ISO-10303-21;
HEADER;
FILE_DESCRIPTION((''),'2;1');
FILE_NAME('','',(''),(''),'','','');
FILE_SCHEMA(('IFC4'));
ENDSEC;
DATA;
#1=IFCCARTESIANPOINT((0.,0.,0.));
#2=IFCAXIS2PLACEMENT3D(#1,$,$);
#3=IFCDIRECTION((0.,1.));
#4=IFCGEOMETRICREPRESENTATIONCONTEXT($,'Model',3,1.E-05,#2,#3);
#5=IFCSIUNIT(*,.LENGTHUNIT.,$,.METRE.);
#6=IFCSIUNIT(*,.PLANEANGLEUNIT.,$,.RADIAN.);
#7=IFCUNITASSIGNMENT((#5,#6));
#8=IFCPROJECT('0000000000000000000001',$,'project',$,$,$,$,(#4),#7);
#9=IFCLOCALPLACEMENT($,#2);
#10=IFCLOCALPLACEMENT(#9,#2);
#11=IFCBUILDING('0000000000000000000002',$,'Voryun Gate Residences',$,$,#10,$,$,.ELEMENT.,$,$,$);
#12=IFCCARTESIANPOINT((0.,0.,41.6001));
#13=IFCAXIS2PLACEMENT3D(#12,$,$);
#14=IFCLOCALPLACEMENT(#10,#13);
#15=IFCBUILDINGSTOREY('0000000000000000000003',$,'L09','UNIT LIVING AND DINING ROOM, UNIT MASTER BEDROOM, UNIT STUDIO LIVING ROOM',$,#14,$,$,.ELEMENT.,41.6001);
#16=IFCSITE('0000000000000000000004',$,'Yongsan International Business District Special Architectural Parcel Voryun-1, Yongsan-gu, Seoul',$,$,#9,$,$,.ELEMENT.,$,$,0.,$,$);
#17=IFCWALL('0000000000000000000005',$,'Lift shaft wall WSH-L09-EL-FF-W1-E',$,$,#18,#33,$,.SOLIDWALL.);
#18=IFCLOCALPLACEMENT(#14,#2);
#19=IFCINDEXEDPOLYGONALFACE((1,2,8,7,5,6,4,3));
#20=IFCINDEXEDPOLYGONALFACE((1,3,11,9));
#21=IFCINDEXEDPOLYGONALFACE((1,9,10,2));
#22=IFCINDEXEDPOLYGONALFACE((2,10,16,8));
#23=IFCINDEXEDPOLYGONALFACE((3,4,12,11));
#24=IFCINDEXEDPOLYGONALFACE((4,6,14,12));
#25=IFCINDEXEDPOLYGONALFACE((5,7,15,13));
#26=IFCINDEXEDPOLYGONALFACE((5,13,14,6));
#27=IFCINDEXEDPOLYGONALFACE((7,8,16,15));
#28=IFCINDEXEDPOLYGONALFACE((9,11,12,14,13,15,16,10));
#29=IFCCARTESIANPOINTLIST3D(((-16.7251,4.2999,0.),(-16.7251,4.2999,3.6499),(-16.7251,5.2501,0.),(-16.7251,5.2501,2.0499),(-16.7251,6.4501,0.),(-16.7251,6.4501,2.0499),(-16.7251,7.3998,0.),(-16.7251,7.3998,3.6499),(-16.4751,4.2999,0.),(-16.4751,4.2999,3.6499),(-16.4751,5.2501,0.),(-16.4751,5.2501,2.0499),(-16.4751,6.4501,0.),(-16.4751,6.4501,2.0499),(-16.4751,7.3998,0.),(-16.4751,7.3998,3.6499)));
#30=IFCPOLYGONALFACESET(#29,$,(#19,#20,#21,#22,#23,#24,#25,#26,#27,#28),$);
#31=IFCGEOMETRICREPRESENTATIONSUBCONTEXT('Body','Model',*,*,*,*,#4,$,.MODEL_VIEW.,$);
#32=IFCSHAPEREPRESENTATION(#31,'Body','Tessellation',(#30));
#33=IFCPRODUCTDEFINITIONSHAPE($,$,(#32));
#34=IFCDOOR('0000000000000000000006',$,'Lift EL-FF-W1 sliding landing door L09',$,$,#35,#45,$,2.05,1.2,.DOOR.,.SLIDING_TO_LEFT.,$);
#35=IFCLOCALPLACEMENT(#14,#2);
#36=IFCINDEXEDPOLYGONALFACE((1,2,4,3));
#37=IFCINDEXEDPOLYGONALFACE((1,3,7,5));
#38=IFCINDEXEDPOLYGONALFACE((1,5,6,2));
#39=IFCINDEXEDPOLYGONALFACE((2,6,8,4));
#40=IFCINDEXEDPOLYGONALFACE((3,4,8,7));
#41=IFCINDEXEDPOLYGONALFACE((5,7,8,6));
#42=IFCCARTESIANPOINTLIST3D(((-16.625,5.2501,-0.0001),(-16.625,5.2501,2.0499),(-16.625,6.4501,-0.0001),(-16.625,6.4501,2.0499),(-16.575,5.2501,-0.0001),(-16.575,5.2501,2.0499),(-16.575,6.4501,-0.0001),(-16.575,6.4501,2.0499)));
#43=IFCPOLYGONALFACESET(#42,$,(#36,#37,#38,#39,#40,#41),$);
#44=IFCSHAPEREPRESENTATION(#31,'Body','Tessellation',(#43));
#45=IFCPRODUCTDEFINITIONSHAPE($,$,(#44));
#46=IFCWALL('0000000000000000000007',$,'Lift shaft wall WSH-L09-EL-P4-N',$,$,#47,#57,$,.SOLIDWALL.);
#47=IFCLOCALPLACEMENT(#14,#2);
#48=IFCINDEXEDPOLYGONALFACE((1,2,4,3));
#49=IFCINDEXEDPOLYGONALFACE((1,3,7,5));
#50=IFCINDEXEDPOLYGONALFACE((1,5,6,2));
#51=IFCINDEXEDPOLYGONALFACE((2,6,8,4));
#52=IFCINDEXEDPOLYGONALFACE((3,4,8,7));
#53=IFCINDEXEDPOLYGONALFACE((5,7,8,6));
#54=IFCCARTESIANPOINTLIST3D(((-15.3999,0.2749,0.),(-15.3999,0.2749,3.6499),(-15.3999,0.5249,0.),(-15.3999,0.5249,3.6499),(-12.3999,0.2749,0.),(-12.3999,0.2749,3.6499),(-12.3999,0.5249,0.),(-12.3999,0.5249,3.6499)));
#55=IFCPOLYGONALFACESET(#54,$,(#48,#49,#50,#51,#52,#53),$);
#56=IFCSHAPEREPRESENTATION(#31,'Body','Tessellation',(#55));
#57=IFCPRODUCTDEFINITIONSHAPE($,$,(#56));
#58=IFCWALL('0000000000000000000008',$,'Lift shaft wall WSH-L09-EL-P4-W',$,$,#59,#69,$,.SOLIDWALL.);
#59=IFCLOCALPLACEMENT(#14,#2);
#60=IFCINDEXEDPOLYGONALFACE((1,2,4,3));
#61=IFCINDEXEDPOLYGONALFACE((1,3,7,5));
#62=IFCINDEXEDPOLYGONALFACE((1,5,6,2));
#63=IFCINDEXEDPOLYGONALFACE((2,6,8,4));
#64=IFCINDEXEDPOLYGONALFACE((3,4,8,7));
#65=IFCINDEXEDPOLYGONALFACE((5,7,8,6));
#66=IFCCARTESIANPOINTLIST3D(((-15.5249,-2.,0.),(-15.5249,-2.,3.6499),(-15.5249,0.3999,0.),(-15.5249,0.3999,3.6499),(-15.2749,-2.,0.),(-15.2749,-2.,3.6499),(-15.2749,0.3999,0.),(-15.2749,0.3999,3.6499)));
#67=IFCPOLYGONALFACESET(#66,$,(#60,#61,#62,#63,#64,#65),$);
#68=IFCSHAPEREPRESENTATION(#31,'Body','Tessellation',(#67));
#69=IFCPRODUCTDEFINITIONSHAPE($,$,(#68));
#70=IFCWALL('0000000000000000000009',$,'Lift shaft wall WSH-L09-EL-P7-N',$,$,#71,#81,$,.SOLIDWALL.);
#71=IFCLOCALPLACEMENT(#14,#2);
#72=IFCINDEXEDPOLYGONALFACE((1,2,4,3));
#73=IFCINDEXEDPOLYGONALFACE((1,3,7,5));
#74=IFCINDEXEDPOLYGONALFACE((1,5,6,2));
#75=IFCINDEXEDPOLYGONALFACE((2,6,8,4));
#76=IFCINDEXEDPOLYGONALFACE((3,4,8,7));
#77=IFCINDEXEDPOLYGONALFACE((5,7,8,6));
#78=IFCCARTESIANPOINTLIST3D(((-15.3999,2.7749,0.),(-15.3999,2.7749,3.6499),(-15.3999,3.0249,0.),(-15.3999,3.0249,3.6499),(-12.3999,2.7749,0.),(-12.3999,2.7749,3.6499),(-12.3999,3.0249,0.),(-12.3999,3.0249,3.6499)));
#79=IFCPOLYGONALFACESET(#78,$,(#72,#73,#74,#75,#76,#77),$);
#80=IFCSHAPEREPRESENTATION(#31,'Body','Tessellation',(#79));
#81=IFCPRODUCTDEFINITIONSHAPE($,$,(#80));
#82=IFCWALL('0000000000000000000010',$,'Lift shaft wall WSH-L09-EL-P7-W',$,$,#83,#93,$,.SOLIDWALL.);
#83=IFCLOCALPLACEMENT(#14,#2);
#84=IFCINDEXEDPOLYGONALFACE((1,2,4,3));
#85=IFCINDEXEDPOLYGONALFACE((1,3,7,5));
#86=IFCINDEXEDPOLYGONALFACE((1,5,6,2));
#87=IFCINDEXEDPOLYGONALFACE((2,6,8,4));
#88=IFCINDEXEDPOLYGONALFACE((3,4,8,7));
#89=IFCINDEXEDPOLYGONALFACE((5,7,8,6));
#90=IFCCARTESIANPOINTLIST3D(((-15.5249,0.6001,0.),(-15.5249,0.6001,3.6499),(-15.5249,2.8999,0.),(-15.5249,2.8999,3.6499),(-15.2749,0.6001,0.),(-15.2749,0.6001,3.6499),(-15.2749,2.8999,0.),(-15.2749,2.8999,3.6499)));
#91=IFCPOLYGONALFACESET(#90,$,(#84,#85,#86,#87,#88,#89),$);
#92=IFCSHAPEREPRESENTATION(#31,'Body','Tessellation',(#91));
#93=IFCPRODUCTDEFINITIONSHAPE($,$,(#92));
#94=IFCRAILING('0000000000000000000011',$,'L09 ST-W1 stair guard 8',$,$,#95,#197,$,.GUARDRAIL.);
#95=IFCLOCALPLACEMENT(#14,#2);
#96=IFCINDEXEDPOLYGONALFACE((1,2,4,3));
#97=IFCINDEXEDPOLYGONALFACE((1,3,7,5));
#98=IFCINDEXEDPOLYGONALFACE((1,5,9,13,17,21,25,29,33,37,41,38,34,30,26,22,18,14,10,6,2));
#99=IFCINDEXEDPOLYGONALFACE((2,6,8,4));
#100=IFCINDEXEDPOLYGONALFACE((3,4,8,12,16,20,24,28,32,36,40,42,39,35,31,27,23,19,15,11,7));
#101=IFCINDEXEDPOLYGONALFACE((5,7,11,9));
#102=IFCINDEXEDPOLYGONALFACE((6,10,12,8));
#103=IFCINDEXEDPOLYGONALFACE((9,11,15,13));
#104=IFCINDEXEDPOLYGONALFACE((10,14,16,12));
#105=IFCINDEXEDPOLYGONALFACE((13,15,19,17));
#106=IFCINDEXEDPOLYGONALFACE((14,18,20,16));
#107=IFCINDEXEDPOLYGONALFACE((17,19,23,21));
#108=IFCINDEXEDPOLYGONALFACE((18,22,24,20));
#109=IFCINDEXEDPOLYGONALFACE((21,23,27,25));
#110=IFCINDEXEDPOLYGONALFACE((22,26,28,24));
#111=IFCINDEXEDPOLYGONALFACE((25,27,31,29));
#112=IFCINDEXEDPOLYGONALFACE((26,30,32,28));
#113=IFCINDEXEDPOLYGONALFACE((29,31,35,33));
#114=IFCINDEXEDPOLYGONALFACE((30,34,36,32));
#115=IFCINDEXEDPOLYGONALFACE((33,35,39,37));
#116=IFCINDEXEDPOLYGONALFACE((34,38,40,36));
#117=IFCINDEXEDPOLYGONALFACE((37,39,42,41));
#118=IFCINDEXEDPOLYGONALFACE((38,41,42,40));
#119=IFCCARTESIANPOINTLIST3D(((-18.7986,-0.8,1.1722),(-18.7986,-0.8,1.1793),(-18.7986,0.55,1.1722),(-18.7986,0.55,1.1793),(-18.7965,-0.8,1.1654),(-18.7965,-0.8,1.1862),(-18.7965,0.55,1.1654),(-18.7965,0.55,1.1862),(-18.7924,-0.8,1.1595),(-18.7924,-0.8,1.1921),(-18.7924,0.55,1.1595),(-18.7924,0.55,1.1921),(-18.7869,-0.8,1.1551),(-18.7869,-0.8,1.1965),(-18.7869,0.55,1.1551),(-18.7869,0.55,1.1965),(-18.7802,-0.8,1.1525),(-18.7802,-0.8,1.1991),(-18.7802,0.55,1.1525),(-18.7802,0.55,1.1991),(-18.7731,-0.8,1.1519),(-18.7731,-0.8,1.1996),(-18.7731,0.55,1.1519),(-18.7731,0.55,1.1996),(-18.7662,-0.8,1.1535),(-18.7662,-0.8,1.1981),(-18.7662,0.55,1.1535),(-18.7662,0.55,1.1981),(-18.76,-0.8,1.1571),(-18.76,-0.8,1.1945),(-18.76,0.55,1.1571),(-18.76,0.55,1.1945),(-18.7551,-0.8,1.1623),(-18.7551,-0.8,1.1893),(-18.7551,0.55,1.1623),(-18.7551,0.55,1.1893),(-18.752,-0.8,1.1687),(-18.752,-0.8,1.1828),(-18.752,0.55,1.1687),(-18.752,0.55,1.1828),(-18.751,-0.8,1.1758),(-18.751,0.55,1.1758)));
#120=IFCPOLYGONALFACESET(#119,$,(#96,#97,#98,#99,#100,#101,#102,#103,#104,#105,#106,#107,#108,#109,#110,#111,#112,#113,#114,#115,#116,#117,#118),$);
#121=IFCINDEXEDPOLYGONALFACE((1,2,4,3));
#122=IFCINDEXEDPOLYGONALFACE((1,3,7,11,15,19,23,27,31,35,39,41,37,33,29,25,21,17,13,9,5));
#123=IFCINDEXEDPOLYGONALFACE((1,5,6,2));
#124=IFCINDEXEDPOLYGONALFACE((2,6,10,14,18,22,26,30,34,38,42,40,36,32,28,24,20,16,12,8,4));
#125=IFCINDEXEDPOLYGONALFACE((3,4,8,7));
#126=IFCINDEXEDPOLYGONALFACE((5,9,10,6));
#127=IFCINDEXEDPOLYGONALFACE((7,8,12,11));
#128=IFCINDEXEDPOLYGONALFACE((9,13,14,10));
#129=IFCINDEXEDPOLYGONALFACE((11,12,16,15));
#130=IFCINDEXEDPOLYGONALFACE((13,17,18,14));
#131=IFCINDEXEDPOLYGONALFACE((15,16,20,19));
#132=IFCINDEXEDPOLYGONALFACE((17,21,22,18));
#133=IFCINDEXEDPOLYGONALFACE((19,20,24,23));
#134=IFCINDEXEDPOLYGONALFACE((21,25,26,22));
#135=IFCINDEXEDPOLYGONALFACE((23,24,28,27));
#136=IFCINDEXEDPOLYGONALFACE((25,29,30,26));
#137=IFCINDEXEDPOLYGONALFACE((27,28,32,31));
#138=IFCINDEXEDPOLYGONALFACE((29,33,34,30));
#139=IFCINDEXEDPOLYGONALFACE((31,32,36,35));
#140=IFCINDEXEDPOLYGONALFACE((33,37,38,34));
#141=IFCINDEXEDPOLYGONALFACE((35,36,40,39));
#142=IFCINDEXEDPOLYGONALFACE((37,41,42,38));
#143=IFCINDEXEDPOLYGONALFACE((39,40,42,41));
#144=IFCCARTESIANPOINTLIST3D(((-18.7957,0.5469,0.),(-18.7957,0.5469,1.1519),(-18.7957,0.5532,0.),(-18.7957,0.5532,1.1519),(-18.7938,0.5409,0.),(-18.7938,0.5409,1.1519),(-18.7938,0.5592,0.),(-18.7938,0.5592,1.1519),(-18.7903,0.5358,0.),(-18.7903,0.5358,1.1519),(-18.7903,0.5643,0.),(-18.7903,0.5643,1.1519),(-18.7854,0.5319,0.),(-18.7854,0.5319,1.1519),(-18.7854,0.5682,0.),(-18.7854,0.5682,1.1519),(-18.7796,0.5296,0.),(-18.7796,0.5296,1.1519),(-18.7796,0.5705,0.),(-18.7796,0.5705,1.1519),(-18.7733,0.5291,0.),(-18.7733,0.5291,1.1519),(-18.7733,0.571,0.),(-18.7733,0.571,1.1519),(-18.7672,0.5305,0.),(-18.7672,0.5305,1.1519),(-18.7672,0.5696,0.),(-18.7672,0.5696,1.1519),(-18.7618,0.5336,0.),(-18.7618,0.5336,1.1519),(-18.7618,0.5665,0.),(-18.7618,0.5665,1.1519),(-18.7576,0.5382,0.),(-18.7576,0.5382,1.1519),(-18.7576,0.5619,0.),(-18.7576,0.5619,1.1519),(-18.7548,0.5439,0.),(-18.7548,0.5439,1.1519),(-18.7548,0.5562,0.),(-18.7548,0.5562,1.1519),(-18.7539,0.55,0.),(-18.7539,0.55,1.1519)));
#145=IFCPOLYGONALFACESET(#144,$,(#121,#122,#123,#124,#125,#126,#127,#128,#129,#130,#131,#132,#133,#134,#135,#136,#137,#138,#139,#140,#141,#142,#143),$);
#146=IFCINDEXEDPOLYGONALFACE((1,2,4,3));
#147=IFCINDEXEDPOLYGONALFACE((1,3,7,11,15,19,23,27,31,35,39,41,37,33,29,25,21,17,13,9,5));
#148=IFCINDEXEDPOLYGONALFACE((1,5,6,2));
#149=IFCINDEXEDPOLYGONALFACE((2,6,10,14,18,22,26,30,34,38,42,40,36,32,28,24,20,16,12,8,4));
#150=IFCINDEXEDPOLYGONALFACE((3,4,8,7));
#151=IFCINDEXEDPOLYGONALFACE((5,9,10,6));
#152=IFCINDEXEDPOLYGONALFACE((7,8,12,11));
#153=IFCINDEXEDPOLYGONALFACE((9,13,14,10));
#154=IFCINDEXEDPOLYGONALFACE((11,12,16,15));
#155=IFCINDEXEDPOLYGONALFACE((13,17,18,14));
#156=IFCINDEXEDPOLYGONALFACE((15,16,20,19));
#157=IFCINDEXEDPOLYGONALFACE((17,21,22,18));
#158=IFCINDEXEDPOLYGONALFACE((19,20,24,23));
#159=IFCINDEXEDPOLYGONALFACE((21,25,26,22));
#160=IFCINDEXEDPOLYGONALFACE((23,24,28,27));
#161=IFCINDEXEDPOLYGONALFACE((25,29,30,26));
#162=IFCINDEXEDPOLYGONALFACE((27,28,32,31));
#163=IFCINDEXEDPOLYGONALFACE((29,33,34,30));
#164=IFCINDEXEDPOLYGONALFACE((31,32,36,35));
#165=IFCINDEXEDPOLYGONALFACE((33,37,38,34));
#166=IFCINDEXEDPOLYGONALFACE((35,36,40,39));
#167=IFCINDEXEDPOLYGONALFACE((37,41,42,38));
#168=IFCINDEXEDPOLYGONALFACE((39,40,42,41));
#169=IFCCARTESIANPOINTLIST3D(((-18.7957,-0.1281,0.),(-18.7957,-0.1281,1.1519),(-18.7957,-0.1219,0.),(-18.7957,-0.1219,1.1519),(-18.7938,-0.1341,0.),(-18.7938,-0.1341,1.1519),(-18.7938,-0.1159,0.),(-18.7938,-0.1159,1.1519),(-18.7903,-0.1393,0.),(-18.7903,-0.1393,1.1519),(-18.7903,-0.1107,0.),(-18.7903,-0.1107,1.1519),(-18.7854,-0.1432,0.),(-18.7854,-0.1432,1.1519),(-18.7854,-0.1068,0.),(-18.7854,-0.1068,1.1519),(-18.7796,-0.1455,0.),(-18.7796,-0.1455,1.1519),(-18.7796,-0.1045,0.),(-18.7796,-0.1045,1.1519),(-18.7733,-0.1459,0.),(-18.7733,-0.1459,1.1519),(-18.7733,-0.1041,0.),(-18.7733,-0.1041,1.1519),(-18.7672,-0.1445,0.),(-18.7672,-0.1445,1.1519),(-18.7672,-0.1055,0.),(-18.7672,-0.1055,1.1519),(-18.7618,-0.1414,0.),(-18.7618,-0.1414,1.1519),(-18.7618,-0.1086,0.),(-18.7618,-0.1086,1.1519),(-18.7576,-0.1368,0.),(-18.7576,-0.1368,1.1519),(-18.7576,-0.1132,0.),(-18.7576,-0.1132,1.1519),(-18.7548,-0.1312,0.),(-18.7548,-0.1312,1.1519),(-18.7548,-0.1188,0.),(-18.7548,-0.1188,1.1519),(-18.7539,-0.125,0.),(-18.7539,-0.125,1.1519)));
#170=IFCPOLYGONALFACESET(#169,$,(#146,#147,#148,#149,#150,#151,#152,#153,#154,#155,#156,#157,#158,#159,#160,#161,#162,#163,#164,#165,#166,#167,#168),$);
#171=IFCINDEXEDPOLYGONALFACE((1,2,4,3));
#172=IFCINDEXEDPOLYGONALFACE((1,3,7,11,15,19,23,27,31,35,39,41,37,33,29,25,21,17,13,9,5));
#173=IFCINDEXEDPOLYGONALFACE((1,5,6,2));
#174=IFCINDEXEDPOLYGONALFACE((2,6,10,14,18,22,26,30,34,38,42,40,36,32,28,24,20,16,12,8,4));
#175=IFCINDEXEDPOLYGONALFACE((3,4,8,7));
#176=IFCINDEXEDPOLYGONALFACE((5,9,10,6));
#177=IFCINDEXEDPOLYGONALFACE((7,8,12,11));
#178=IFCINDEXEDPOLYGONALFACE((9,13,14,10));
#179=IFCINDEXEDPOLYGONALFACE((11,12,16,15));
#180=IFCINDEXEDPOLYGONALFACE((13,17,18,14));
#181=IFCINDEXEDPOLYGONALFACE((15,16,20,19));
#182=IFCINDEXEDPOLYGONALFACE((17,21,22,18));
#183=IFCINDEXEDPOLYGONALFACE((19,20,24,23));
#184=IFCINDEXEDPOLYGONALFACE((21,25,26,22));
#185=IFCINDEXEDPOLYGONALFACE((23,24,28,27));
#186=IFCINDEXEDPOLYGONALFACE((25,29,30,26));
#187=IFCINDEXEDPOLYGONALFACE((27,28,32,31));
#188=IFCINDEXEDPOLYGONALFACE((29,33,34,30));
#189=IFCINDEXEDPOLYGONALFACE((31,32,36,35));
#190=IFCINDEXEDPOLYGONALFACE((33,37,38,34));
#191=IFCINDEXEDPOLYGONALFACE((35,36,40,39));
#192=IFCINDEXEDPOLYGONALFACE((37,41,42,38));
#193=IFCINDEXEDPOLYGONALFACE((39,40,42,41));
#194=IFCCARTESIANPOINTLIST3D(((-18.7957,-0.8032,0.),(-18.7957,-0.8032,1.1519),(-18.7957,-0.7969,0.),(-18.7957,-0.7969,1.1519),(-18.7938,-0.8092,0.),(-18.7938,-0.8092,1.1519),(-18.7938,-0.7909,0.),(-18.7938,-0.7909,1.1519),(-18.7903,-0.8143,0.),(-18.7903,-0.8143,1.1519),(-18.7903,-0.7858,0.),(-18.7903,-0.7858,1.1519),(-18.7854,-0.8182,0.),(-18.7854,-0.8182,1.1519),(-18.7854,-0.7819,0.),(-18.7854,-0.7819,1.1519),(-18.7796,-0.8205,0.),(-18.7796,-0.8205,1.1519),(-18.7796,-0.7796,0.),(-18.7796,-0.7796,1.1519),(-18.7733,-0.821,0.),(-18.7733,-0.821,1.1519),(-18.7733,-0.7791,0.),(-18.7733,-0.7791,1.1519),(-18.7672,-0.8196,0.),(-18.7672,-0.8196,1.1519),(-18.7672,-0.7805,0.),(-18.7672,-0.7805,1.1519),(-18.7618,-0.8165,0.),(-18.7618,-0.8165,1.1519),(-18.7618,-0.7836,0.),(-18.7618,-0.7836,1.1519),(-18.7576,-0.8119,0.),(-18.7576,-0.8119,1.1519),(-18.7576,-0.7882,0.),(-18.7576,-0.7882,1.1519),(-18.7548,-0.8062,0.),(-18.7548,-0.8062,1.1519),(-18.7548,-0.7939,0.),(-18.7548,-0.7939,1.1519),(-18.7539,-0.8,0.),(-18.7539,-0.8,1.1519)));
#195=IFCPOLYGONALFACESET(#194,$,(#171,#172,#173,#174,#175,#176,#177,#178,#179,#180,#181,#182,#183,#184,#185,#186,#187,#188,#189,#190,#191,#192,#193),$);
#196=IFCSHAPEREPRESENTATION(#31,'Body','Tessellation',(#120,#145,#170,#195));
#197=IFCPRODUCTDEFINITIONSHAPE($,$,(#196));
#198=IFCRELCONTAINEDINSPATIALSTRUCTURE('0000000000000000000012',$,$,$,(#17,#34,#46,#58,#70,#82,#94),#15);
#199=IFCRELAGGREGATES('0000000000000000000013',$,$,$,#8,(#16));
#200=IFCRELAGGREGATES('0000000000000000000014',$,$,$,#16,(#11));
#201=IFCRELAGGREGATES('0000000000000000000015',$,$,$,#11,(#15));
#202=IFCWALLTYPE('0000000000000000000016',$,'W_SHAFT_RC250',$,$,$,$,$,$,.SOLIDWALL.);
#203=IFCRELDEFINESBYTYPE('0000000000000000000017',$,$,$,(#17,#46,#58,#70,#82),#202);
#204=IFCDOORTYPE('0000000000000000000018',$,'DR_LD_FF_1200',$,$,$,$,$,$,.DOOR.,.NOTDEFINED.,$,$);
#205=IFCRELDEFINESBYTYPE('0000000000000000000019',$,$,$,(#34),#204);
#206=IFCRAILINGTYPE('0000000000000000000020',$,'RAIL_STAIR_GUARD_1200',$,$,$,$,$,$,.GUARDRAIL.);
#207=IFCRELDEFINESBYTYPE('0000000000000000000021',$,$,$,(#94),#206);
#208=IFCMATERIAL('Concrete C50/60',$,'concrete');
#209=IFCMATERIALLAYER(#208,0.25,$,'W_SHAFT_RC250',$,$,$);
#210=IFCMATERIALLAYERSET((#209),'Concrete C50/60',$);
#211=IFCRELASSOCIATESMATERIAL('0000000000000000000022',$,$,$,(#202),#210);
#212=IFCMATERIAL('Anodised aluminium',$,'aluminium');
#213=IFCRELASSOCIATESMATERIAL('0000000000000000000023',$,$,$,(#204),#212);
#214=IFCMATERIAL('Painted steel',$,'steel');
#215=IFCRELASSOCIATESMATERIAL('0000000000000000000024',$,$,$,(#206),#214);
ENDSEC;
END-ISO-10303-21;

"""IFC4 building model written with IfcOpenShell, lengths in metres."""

from ifc_helpers import new_model, si_unit, direction, frame, frame_2d, origin, origin_2d, place, context, subcontext, project, spatial, rectangle, circle, extrude, material, layer, layer_set, type_object, element, fill, save


model = new_model("IFC4")

# Units and contexts
model_context = context("Model", 3, precision=1e-05, world=origin(), true_north=direction((0.0, 1.0)))
body_context = subcontext(model_context, "Body", "Model", "MODEL_VIEW")
ifc_project = project(units=[si_unit("LENGTHUNIT", "METRE"), si_unit("PLANEANGLEUNIT", "RADIAN")], contexts=[model_context])

# Site, building, storey
site_placement = place(None, origin())
site = spatial("IfcSite", under=ifc_project, at=site_placement, Name="Yongsan International Business District Special Architectural Parcel Voryun-1, Yongsan-gu, Seoul", CompositionType="ELEMENT", RefElevation=0.0)
building_placement = place(site_placement, origin())
building = spatial("IfcBuilding", under=site, at=building_placement, Name="Voryun Gate Residences", CompositionType="ELEMENT")
storey_placement = place(building_placement, frame((0.0, 0.0, 41.6001)))
storey = spatial("IfcBuildingStorey", under=building, at=storey_placement, Name="L09", Description="UNIT LIVING AND DINING ROOM, UNIT MASTER BEDROOM, UNIT STUDIO LIVING ROOM", CompositionType="ELEMENT", Elevation=41.6001)

# Wall, opening, door
ifc_material_1 = material(Name="Concrete C50/60", Category="concrete")
ifc_layer_1 = layer(ifc_material_1, 0.25, Name="W_SHAFT_RC250")
ifc_layer_set_1 = layer_set([ifc_layer_1], Name="Concrete C50/60")
wall_type_1 = type_object("IfcWallType", Name="W_SHAFT_RC250", PredefinedType="SOLIDWALL", material=ifc_layer_set_1)
wall_1_placement = place(storey_placement, frame((-16.6001, 4.3, 0.0), z_axis=(0.0, 0.0, 1.0), x_axis=(0.0, 1.0, 0.0)))
wall_1 = element("IfcWall", 1, at=wall_1_placement, inside=storey, type_object=wall_type_1, Name="Lift shaft wall WSH-L09-EL-FF-W1-E", PredefinedType="SOLIDWALL", context=body_context, shape_type="SweptSolid", body=[
    extrude(rectangle(XDim=3.0999, YDim=0.25, at=frame_2d((1.5498, 0.0))), origin(), (0.0, 0.0, 1.0), 3.6499),
])
opening_1_placement = place(wall_1_placement, frame((0.95, 0.0, 0.0)))
opening_1 = element("IfcOpeningElement", 2, at=opening_1_placement, cuts=wall_1, PredefinedType="OPENING", context=body_context, shape_type="SweptSolid", body=[
    extrude(rectangle(XDim=1.2, YDim=2.05, at=frame_2d((0.6001, 1.0249))), frame((0.0, 0.135, 0.0), z_axis=(0.0, -1.0, 0.0), x_axis=(1.0, 0.0, 0.0)), (0.0, 0.0, 1.0), 0.27),
])
ifc_material_2 = material(Name="Anodised aluminium", Category="aluminium")
door_type_1 = type_object("IfcDoorType", Name="DR_LD_FF_1200", OperationType="NOTDEFINED", PredefinedType="DOOR", material=ifc_material_2)
door_1_placement = place(opening_1_placement, origin())
door_1 = element("IfcDoor", 3, at=door_1_placement, inside=storey, type_object=door_type_1, Name="Lift EL-FF-W1 sliding landing door L09", OperationType="SLIDING_TO_LEFT", OverallHeight=2.05, OverallWidth=1.2, PredefinedType="DOOR", context=body_context, shape_type="SweptSolid", body=[
    extrude(rectangle(XDim=1.2, YDim=2.05, at=frame_2d((0.6001, 1.0249))), frame((0.0, 0.0249, 0.0), z_axis=(0.0, -1.0, 0.0), x_axis=(1.0, 0.0, 0.0)), (0.0, 0.0, 1.0), 0.05),
])
fill(opening_1, door_1)

# Walls
wall_2_placement = place(storey_placement, frame((-12.3999, 0.3999, 0.0), z_axis=(0.0, 0.0, 1.0), x_axis=(-1.0, 0.0, 0.0)))
element("IfcWall", 4, at=wall_2_placement, inside=storey, type_object=wall_type_1, Name="Lift shaft wall WSH-L09-EL-P4-N", PredefinedType="SOLIDWALL", context=body_context, shape_type="SweptSolid", body=[
    extrude(rectangle(XDim=3.0, YDim=0.25, at=frame_2d((1.5, 0.0))), origin(), (0.0, 0.0, 1.0), 3.6499),
])
wall_3_placement = place(storey_placement, frame((-15.3999, 0.3999, 0.0), z_axis=(0.0, 0.0, 1.0), x_axis=(0.0, -1.0, 0.0)))
element("IfcWall", 5, at=wall_3_placement, inside=storey, type_object=wall_type_1, Name="Lift shaft wall WSH-L09-EL-P4-W", PredefinedType="SOLIDWALL", context=body_context, shape_type="SweptSolid", body=[
    extrude(rectangle(XDim=2.3999, YDim=0.25, at=frame_2d((1.2, 0.0))), origin(), (0.0, 0.0, 1.0), 3.6499),
])
wall_4_placement = place(storey_placement, frame((-12.3999, 2.8999, 0.0), z_axis=(0.0, 0.0, 1.0), x_axis=(-1.0, 0.0, 0.0)))
element("IfcWall", 6, at=wall_4_placement, inside=storey, type_object=wall_type_1, Name="Lift shaft wall WSH-L09-EL-P7-N", PredefinedType="SOLIDWALL", context=body_context, shape_type="SweptSolid", body=[
    extrude(rectangle(XDim=3.0, YDim=0.25, at=frame_2d((1.5, 0.0))), origin(), (0.0, 0.0, 1.0), 3.6499),
])
wall_5_placement = place(storey_placement, frame((-15.3999, 2.8999, 0.0), z_axis=(0.0, 0.0, 1.0), x_axis=(0.0, -1.0, 0.0)))
element("IfcWall", 7, at=wall_5_placement, inside=storey, type_object=wall_type_1, Name="Lift shaft wall WSH-L09-EL-P7-W", PredefinedType="SOLIDWALL", context=body_context, shape_type="SweptSolid", body=[
    extrude(rectangle(XDim=2.2998, YDim=0.25, at=frame_2d((1.1499, 0.0))), origin(), (0.0, 0.0, 1.0), 3.6499),
])

# Railing
ifc_material_3 = material(Name="Painted steel", Category="steel")
railing_type = type_object("IfcRailingType", Name="RAIL_STAIR_GUARD_1200", PredefinedType="GUARDRAIL", material=ifc_material_3)
for number, where, name in (
    (8, (-18.7749, 0.55, 0.0), "L09 ST-W1 stair guard 8"),
):
    element("IfcRailing", number, at=place(storey_placement, frame(where)), inside=storey, type_object=railing_type, Name=name, PredefinedType="GUARDRAIL", context=body_context, shape_type="SweptSolid", body=[
        extrude(circle(Radius=0.0239, at=origin_2d()), frame((0.0, 0.0, 1.1758), z_axis=(0.0, -1.0, 0.0), x_axis=(1.0, 0.0, 0.0)), (0.0, 0.0, 1.0), 1.3501),
        extrude(circle(Radius=0.021, at=origin_2d()), origin(), (0.0, 0.0, 1.0), 1.1519),
        extrude(circle(Radius=0.021, at=origin_2d()), frame((0.0, -0.675, 0.0)), (0.0, 0.0, 1.0), 1.1519),
        extrude(circle(Radius=0.021, at=origin_2d()), frame((0.0, -1.3501, 0.0)), (0.0, 0.0, 1.0), 1.1519),
    ])

save(model, "model.ifc")
